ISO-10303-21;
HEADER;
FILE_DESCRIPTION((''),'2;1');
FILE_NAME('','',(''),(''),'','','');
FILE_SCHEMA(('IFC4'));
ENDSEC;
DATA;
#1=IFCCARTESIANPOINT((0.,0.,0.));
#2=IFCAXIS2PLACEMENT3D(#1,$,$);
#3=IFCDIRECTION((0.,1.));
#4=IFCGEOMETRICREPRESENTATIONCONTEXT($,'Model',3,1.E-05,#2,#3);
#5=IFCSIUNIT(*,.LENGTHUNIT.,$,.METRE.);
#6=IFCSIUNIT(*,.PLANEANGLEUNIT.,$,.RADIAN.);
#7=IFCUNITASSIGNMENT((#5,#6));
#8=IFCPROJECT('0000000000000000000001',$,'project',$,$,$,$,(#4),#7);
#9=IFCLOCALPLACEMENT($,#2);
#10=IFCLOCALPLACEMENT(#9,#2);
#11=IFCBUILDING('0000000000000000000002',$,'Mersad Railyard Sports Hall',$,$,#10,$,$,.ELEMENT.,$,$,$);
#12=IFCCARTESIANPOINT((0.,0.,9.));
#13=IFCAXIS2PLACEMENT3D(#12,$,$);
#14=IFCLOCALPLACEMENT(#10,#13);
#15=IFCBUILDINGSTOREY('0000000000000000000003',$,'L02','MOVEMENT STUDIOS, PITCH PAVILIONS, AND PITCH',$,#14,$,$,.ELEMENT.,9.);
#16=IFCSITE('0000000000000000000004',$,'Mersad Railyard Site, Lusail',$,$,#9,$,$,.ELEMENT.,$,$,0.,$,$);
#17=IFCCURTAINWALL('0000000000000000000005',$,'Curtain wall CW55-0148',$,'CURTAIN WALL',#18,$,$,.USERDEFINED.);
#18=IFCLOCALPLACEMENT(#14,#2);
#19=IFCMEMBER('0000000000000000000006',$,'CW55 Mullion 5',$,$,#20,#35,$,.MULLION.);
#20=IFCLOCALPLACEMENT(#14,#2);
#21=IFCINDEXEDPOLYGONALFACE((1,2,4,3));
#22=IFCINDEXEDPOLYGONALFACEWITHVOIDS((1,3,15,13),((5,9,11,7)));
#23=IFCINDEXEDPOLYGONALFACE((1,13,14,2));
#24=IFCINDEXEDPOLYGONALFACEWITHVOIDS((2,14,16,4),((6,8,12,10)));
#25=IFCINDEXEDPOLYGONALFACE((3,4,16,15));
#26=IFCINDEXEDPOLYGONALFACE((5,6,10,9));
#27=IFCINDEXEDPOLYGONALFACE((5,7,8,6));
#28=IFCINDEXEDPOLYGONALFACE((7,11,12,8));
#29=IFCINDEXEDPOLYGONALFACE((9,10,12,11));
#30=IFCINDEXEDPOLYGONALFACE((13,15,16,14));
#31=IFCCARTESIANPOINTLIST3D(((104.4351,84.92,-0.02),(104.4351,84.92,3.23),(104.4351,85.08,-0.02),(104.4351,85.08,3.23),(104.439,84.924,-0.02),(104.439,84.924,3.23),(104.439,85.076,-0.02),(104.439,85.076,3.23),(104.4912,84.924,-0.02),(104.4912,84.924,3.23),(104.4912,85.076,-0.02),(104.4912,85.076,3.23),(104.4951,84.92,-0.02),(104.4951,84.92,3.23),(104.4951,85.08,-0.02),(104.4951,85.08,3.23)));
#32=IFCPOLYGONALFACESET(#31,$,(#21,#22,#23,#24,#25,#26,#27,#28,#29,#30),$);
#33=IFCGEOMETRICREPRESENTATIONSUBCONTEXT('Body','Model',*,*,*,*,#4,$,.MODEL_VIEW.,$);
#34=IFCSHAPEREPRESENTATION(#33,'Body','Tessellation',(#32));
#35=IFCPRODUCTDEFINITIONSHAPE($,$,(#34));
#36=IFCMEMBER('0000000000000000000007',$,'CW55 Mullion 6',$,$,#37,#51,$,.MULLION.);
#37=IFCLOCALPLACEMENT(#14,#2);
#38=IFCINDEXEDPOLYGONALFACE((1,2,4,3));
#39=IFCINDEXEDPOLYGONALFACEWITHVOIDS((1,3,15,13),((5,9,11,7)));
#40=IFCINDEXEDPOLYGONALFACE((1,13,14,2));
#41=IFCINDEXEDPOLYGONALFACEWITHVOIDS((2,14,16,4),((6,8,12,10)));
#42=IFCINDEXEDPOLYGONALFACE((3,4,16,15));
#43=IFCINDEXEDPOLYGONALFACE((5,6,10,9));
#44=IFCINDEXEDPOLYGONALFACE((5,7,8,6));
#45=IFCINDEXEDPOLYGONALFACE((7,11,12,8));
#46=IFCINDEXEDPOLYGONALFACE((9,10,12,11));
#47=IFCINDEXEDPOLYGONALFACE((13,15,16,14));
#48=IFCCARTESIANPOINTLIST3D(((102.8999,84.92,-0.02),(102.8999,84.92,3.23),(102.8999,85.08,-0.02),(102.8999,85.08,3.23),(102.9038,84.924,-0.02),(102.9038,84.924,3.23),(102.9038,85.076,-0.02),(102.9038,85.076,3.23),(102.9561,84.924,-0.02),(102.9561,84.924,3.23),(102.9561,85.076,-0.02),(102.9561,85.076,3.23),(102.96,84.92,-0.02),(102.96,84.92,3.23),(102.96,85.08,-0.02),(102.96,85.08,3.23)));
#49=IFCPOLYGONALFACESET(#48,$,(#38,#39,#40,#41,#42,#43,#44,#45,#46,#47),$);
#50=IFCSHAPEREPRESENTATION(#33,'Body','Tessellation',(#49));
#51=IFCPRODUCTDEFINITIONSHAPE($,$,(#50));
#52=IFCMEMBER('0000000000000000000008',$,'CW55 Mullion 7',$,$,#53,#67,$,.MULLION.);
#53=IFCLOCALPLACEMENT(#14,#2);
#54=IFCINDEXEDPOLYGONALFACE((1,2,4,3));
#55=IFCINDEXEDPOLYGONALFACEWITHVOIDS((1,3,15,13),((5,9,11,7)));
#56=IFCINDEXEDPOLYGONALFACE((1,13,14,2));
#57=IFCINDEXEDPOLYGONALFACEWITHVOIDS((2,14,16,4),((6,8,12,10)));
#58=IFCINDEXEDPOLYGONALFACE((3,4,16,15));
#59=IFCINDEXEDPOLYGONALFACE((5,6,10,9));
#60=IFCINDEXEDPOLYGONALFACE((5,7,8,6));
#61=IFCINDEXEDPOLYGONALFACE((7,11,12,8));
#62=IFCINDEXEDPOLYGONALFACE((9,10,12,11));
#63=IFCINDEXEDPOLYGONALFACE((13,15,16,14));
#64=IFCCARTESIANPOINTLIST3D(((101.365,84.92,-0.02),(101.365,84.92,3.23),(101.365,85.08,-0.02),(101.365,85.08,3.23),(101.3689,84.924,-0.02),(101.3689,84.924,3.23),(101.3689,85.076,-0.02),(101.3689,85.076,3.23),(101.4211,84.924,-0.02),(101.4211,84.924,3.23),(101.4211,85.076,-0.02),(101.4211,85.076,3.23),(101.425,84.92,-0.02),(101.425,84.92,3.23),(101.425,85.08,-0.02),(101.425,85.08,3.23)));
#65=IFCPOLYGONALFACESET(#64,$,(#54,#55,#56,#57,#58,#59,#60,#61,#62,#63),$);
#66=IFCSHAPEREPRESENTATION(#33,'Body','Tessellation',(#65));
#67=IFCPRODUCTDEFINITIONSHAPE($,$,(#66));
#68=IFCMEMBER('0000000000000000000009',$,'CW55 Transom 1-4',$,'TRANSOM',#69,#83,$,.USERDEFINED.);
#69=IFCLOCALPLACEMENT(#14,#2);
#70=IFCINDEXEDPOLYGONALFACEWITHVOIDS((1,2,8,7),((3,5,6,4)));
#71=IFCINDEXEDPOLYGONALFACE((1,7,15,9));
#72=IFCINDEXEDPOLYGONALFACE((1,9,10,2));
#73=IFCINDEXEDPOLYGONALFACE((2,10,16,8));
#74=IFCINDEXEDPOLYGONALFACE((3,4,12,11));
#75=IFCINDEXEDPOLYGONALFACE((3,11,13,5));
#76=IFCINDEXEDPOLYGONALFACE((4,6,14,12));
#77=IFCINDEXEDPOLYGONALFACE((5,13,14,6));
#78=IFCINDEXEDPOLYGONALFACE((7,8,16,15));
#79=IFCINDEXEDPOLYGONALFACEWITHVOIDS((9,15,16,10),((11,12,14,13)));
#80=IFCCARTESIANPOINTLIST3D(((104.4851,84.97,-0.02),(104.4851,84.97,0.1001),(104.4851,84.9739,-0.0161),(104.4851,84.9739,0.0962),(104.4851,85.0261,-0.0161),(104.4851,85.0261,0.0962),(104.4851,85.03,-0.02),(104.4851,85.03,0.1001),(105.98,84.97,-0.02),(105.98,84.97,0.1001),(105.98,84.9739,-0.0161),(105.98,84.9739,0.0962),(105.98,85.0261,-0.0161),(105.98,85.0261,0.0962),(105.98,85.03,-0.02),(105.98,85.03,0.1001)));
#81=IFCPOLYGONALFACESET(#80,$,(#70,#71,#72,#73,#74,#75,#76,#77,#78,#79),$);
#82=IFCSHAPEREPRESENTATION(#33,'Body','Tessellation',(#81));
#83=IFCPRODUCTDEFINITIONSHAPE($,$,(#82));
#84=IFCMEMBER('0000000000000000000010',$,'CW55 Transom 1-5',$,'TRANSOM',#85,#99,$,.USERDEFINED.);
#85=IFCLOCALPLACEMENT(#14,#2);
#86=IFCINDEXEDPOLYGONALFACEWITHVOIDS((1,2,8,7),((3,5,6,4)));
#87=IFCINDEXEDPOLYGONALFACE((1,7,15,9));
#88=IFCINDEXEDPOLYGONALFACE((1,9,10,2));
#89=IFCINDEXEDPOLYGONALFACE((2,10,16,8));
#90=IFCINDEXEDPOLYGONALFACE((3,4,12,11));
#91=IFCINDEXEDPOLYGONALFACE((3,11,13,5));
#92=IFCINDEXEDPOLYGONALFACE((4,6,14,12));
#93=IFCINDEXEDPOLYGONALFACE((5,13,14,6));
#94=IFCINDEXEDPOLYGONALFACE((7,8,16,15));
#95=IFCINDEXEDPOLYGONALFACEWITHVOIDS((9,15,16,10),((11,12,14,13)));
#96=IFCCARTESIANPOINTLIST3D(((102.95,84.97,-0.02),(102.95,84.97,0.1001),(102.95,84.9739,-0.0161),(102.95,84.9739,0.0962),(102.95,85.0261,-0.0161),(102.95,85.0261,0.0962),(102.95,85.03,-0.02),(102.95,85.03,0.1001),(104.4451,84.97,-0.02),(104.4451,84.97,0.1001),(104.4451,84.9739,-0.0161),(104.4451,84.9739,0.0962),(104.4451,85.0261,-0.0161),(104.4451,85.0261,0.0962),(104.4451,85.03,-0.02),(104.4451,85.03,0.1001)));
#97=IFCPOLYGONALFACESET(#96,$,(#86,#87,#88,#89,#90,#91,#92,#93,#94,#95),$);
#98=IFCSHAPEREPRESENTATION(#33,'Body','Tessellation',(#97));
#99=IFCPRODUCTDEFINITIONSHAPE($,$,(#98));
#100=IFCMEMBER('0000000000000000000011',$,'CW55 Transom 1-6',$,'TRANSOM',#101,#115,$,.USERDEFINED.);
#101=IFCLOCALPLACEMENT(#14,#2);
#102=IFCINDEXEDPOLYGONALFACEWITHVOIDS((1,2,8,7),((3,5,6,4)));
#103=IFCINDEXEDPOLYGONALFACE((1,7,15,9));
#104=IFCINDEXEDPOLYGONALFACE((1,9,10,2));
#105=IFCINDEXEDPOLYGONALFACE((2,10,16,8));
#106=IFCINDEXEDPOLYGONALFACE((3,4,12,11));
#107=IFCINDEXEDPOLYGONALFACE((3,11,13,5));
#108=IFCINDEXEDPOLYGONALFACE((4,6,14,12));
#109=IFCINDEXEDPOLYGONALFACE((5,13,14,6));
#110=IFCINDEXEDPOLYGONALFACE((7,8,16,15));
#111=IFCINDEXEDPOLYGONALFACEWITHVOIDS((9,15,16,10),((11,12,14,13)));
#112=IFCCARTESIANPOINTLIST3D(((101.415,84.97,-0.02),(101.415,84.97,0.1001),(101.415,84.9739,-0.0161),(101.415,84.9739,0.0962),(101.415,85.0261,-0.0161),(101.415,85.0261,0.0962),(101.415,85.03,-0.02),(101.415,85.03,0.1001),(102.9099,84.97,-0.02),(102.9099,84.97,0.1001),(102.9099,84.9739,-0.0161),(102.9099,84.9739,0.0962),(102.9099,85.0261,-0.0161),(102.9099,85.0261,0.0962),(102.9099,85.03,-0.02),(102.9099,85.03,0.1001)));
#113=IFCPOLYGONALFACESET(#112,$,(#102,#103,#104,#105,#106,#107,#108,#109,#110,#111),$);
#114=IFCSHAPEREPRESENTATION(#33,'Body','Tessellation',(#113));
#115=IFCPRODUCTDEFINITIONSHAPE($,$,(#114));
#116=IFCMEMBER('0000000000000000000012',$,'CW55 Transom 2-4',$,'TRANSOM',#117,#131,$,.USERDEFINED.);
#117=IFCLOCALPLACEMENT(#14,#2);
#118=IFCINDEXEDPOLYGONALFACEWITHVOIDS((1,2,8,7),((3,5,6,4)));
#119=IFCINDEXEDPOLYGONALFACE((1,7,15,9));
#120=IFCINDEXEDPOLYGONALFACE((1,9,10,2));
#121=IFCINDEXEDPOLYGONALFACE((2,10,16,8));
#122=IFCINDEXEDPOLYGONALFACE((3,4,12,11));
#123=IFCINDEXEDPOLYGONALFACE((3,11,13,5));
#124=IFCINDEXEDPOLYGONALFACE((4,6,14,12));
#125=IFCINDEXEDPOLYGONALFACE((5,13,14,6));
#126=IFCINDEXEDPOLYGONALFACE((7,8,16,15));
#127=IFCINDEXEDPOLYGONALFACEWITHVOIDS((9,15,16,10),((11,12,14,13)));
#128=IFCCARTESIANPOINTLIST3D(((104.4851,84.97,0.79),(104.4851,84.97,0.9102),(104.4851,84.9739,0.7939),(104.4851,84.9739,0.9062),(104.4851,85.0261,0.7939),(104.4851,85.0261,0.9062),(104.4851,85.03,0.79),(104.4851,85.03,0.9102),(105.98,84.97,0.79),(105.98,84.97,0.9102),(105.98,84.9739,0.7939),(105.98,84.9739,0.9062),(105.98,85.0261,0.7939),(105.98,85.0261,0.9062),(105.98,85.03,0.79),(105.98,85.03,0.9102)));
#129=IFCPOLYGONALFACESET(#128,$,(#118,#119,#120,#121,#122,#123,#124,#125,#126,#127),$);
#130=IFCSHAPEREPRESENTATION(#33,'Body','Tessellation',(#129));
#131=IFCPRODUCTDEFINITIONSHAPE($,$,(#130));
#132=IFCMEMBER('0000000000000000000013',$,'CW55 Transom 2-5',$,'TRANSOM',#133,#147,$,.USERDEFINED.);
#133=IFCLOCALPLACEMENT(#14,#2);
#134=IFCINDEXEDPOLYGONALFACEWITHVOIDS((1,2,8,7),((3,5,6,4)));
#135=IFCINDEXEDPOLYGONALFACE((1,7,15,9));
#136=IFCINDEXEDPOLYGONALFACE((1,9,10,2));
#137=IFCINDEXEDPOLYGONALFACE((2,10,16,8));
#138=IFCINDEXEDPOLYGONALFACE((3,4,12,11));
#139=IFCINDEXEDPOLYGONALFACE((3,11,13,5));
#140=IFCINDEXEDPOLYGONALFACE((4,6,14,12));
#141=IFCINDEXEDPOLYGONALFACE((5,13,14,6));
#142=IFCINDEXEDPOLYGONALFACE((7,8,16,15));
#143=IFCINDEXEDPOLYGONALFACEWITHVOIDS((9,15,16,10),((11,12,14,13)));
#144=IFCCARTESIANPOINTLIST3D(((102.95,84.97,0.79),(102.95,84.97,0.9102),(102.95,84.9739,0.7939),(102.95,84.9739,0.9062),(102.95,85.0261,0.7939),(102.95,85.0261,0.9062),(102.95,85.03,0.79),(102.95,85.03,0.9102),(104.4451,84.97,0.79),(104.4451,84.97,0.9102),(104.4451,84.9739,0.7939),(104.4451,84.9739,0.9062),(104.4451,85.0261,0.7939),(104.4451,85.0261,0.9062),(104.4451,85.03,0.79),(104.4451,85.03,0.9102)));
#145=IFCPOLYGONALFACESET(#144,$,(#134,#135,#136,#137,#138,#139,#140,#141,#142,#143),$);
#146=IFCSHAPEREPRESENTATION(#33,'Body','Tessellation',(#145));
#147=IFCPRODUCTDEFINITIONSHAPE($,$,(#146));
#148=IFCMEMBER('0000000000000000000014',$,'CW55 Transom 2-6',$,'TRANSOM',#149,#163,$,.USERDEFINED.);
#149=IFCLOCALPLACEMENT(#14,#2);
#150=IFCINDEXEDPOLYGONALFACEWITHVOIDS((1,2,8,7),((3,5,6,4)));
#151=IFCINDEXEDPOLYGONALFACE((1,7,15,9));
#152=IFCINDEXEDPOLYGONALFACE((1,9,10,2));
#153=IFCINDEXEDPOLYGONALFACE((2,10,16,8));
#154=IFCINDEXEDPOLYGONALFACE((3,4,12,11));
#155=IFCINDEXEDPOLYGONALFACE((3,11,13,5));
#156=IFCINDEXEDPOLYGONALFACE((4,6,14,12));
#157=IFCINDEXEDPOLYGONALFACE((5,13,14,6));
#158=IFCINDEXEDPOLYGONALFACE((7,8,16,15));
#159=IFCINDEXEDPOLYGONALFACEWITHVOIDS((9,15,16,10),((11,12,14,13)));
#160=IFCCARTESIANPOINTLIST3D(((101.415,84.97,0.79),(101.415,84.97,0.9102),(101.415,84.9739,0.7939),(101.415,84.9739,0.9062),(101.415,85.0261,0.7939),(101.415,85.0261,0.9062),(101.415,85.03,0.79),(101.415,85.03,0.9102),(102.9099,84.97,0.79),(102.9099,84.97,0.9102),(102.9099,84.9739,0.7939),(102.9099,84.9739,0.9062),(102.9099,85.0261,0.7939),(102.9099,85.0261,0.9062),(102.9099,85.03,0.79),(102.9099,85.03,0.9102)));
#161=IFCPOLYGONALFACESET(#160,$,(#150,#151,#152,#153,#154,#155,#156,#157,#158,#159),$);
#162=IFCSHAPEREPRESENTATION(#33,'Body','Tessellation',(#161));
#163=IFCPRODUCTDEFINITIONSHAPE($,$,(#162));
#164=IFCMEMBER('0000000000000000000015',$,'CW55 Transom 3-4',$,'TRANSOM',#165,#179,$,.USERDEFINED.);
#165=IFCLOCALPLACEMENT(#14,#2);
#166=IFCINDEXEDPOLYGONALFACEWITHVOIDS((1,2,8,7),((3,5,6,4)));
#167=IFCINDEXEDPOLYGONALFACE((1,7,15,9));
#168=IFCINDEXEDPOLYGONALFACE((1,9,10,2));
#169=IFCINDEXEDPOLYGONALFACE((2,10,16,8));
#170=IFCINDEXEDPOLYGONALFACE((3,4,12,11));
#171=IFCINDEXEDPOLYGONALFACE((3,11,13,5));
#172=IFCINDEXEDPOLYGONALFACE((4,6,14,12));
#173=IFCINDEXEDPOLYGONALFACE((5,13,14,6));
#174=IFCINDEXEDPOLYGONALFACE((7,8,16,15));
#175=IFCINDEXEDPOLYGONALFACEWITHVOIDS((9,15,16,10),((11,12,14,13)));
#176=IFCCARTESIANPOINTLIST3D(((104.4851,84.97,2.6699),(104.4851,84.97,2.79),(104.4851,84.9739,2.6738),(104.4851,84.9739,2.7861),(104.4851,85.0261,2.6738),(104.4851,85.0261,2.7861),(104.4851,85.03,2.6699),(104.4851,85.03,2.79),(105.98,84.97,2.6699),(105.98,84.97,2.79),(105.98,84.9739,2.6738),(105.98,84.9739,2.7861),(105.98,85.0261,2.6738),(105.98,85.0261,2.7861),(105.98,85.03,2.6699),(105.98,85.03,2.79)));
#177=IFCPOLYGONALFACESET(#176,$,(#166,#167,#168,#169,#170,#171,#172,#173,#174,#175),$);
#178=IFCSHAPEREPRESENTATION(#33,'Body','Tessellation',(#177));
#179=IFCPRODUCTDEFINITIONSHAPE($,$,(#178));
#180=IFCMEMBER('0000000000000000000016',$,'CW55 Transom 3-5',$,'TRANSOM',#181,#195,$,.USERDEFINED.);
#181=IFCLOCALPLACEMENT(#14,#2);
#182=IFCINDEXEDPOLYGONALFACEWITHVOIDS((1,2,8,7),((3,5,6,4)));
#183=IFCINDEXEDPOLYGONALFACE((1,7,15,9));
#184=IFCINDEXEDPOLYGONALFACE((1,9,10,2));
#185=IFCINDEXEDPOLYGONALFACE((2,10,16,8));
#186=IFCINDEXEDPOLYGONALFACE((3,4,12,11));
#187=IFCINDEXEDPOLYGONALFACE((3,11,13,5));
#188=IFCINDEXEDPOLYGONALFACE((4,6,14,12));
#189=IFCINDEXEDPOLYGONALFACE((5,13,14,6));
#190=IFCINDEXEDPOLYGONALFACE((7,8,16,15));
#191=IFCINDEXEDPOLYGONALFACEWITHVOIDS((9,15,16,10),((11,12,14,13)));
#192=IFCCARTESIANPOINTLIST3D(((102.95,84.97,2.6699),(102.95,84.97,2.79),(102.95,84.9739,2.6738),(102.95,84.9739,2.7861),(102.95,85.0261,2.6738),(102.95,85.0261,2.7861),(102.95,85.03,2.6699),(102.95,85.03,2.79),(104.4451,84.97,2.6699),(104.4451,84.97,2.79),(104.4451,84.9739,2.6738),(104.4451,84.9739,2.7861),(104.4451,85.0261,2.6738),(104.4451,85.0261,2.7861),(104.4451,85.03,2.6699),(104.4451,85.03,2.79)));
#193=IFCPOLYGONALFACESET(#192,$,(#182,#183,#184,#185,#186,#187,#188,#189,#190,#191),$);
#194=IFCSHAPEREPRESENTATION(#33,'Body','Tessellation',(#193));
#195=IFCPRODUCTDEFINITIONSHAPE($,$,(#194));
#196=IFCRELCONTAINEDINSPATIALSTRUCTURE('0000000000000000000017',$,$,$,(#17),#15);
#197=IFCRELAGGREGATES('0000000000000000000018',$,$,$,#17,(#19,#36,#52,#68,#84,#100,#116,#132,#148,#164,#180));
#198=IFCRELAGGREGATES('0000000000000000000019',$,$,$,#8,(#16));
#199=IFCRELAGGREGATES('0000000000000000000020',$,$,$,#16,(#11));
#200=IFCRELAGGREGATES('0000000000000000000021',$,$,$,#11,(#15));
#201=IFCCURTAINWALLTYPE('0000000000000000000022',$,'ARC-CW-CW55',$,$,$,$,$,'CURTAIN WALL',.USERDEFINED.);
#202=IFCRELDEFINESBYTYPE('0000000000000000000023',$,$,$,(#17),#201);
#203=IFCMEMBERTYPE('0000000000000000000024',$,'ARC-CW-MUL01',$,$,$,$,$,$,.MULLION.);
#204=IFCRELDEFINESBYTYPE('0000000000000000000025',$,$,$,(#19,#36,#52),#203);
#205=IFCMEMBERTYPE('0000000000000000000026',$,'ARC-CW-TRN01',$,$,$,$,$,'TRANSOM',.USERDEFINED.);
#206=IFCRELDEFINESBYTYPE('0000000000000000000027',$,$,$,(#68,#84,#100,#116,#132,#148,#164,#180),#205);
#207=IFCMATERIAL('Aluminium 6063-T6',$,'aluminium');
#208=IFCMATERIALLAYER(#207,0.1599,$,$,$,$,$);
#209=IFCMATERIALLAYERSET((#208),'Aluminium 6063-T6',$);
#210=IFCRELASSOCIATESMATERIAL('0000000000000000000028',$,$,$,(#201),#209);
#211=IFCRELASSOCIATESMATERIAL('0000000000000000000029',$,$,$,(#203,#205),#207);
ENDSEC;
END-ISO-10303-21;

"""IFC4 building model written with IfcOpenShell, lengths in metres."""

from ifc_helpers import new_model, si_unit, direction, frame, origin, origin_2d, place, context, subcontext, project, spatial, hollow_rectangle, extrude, material, layer, layer_set, material_profile, profile_set, type_object, element, aggregate, save


model = new_model("IFC4")

# Units and contexts
model_context = context("Model", 3, precision=1e-05, world=origin(), true_north=direction((0.0, 1.0)))
body_context = subcontext(model_context, "Body", "Model", "MODEL_VIEW")
ifc_project = project(units=[si_unit("LENGTHUNIT", "METRE"), si_unit("PLANEANGLEUNIT", "RADIAN")], contexts=[model_context])

# Site, building, storey
site_placement = place(None, origin())
site = spatial("IfcSite", under=ifc_project, at=site_placement, Name="Mersad Railyard Site, Lusail", CompositionType="ELEMENT", RefElevation=0.0)
building_placement = place(site_placement, origin())
building = spatial("IfcBuilding", under=site, at=building_placement, Name="Mersad Railyard Sports Hall", CompositionType="ELEMENT")
storey_placement = place(building_placement, frame((0.0, 0.0, 9.0)))
storey = spatial("IfcBuildingStorey", under=building, at=storey_placement, Name="L02", Description="MOVEMENT STUDIOS, PITCH PAVILIONS, AND PITCH", CompositionType="ELEMENT", Elevation=9.0)

# Curtain wall, members
ifc_material_1 = material(Name="Aluminium 6063-T6", Category="aluminium")
ifc_layer_1 = layer(ifc_material_1, 0.1599)
ifc_layer_set_1 = layer_set([ifc_layer_1], Name="Aluminium 6063-T6")
curtain_wall_type = type_object("IfcCurtainWallType", Name="ARC-CW-CW55", ElementType="CURTAIN WALL", PredefinedType="USERDEFINED", material=ifc_layer_set_1)
curtain_wall_placement = place(storey_placement, origin())
curtain_wall = element("IfcCurtainWall", 1, at=curtain_wall_placement, inside=storey, type_object=curtain_wall_type, Name="Curtain wall CW55-0148", ObjectType="CURTAIN WALL", PredefinedType="USERDEFINED")
ifc_material_profile_1 = material_profile(ifc_material_1, hollow_rectangle(XDim=0.0601, YDim=0.1599, WallThickness=0.0039, at=origin_2d()), Name="AL MULLION 60x160x4")
ifc_profile_set_1 = profile_set([ifc_material_profile_1], Name="Aluminium 6063-T6")
member_type_1 = type_object("IfcMemberType", Name="ARC-CW-MUL01", PredefinedType="MULLION", material=ifc_profile_set_1)
member_1_placement = place(storey_placement, frame((104.4651, 85.0, -0.02), z_axis=(0.0, 0.0, 1.0), x_axis=(1.0, 0.0, 0.0)))
member_1 = element("IfcMember", 2, at=member_1_placement, type_object=member_type_1, Name="CW55 Mullion 5", PredefinedType="MULLION", context=body_context, shape_type="SweptSolid", body=[
    extrude(hollow_rectangle(XDim=0.0601, YDim=0.1599, WallThickness=0.0039, at=origin_2d()), origin(), (0.0, 0.0, 1.0), 3.25),
])
member_2_placement = place(storey_placement, frame((102.9299, 85.0, -0.02), z_axis=(0.0, 0.0, 1.0), x_axis=(1.0, 0.0, 0.0)))
member_2 = element("IfcMember", 3, at=member_2_placement, type_object=member_type_1, Name="CW55 Mullion 6", PredefinedType="MULLION", context=body_context, shape_type="SweptSolid", body=[
    extrude(hollow_rectangle(XDim=0.0601, YDim=0.1599, WallThickness=0.0039, at=origin_2d()), origin(), (0.0, 0.0, 1.0), 3.25),
])
member_3_placement = place(storey_placement, frame((101.395, 85.0, -0.02), z_axis=(0.0, 0.0, 1.0), x_axis=(1.0, 0.0, 0.0)))
member_3 = element("IfcMember", 4, at=member_3_placement, type_object=member_type_1, Name="CW55 Mullion 7", PredefinedType="MULLION", context=body_context, shape_type="SweptSolid", body=[
    extrude(hollow_rectangle(XDim=0.0601, YDim=0.1599, WallThickness=0.0039, at=origin_2d()), origin(), (0.0, 0.0, 1.0), 3.25),
])
ifc_material_profile_2 = material_profile(ifc_material_1, hollow_rectangle(XDim=0.0601, YDim=0.1201, WallThickness=0.0039, at=origin_2d()), Name="AL TRANSOM 60x120x4")
ifc_profile_set_2 = profile_set([ifc_material_profile_2], Name="Aluminium 6063-T6")
member_type_2 = type_object("IfcMemberType", Name="ARC-CW-TRN01", ElementType="TRANSOM", PredefinedType="USERDEFINED", material=ifc_profile_set_2)
member_4_placement = place(storey_placement, frame((105.98, 85.0, 0.04), z_axis=(-1.0, 0.0, 0.0), x_axis=(0.0, -1.0, 0.0)))
member_4 = element("IfcMember", 5, at=member_4_placement, type_object=member_type_2, Name="CW55 Transom 1-4", ObjectType="TRANSOM", PredefinedType="USERDEFINED", context=body_context, shape_type="SweptSolid", body=[
    extrude(hollow_rectangle(XDim=0.0601, YDim=0.1201, WallThickness=0.0039, at=origin_2d()), origin(), (0.0, 0.0, 1.0), 1.4949),
])
member_5_placement = place(storey_placement, frame((104.4451, 85.0, 0.04), z_axis=(-1.0, 0.0, 0.0), x_axis=(0.0, -1.0, 0.0)))
member_5 = element("IfcMember", 6, at=member_5_placement, type_object=member_type_2, Name="CW55 Transom 1-5", ObjectType="TRANSOM", PredefinedType="USERDEFINED", context=body_context, shape_type="SweptSolid", body=[
    extrude(hollow_rectangle(XDim=0.0601, YDim=0.1201, WallThickness=0.0039, at=origin_2d()), origin(), (0.0, 0.0, 1.0), 1.4951),
])
member_6_placement = place(storey_placement, frame((102.9099, 85.0, 0.04), z_axis=(-1.0, 0.0, 0.0), x_axis=(0.0, -1.0, 0.0)))
member_6 = element("IfcMember", 7, at=member_6_placement, type_object=member_type_2, Name="CW55 Transom 1-6", ObjectType="TRANSOM", PredefinedType="USERDEFINED", context=body_context, shape_type="SweptSolid", body=[
    extrude(hollow_rectangle(XDim=0.0601, YDim=0.1201, WallThickness=0.0039, at=origin_2d()), origin(), (0.0, 0.0, 1.0), 1.4949),
])
member_7_placement = place(storey_placement, frame((105.98, 85.0, 0.8501), z_axis=(-1.0, 0.0, 0.0), x_axis=(0.0, -1.0, 0.0)))
member_7 = element("IfcMember", 8, at=member_7_placement, type_object=member_type_2, Name="CW55 Transom 2-4", ObjectType="TRANSOM", PredefinedType="USERDEFINED", context=body_context, shape_type="SweptSolid", body=[
    extrude(hollow_rectangle(XDim=0.0601, YDim=0.1201, WallThickness=0.0039, at=origin_2d()), origin(), (0.0, 0.0, 1.0), 1.4949),
])
member_8_placement = place(storey_placement, frame((104.4451, 85.0, 0.8501), z_axis=(-1.0, 0.0, 0.0), x_axis=(0.0, -1.0, 0.0)))
member_8 = element("IfcMember", 9, at=member_8_placement, type_object=member_type_2, Name="CW55 Transom 2-5", ObjectType="TRANSOM", PredefinedType="USERDEFINED", context=body_context, shape_type="SweptSolid", body=[
    extrude(hollow_rectangle(XDim=0.0601, YDim=0.1201, WallThickness=0.0039, at=origin_2d()), origin(), (0.0, 0.0, 1.0), 1.4951),
])
member_9_placement = place(storey_placement, frame((102.9099, 85.0, 0.8501), z_axis=(-1.0, 0.0, 0.0), x_axis=(0.0, -1.0, 0.0)))
member_9 = element("IfcMember", 10, at=member_9_placement, type_object=member_type_2, Name="CW55 Transom 2-6", ObjectType="TRANSOM", PredefinedType="USERDEFINED", context=body_context, shape_type="SweptSolid", body=[
    extrude(hollow_rectangle(XDim=0.0601, YDim=0.1201, WallThickness=0.0039, at=origin_2d()), origin(), (0.0, 0.0, 1.0), 1.4949),
])
member_10_placement = place(storey_placement, frame((105.98, 85.0, 2.73), z_axis=(-1.0, 0.0, 0.0), x_axis=(0.0, -1.0, 0.0)))
member_10 = element("IfcMember", 11, at=member_10_placement, type_object=member_type_2, Name="CW55 Transom 3-4", ObjectType="TRANSOM", PredefinedType="USERDEFINED", context=body_context, shape_type="SweptSolid", body=[
    extrude(hollow_rectangle(XDim=0.0601, YDim=0.1201, WallThickness=0.0039, at=origin_2d()), origin(), (0.0, 0.0, 1.0), 1.4949),
])
member_11_placement = place(storey_placement, frame((104.4451, 85.0, 2.73), z_axis=(-1.0, 0.0, 0.0), x_axis=(0.0, -1.0, 0.0)))
member_11 = element("IfcMember", 12, at=member_11_placement, type_object=member_type_2, Name="CW55 Transom 3-5", ObjectType="TRANSOM", PredefinedType="USERDEFINED", context=body_context, shape_type="SweptSolid", body=[
    extrude(hollow_rectangle(XDim=0.0601, YDim=0.1201, WallThickness=0.0039, at=origin_2d()), origin(), (0.0, 0.0, 1.0), 1.4951),
])
aggregate(curtain_wall, [member_1, member_2, member_3, member_4, member_5, member_6, member_7, member_8, member_9, member_10, member_11])

save(model, "model.ifc")
